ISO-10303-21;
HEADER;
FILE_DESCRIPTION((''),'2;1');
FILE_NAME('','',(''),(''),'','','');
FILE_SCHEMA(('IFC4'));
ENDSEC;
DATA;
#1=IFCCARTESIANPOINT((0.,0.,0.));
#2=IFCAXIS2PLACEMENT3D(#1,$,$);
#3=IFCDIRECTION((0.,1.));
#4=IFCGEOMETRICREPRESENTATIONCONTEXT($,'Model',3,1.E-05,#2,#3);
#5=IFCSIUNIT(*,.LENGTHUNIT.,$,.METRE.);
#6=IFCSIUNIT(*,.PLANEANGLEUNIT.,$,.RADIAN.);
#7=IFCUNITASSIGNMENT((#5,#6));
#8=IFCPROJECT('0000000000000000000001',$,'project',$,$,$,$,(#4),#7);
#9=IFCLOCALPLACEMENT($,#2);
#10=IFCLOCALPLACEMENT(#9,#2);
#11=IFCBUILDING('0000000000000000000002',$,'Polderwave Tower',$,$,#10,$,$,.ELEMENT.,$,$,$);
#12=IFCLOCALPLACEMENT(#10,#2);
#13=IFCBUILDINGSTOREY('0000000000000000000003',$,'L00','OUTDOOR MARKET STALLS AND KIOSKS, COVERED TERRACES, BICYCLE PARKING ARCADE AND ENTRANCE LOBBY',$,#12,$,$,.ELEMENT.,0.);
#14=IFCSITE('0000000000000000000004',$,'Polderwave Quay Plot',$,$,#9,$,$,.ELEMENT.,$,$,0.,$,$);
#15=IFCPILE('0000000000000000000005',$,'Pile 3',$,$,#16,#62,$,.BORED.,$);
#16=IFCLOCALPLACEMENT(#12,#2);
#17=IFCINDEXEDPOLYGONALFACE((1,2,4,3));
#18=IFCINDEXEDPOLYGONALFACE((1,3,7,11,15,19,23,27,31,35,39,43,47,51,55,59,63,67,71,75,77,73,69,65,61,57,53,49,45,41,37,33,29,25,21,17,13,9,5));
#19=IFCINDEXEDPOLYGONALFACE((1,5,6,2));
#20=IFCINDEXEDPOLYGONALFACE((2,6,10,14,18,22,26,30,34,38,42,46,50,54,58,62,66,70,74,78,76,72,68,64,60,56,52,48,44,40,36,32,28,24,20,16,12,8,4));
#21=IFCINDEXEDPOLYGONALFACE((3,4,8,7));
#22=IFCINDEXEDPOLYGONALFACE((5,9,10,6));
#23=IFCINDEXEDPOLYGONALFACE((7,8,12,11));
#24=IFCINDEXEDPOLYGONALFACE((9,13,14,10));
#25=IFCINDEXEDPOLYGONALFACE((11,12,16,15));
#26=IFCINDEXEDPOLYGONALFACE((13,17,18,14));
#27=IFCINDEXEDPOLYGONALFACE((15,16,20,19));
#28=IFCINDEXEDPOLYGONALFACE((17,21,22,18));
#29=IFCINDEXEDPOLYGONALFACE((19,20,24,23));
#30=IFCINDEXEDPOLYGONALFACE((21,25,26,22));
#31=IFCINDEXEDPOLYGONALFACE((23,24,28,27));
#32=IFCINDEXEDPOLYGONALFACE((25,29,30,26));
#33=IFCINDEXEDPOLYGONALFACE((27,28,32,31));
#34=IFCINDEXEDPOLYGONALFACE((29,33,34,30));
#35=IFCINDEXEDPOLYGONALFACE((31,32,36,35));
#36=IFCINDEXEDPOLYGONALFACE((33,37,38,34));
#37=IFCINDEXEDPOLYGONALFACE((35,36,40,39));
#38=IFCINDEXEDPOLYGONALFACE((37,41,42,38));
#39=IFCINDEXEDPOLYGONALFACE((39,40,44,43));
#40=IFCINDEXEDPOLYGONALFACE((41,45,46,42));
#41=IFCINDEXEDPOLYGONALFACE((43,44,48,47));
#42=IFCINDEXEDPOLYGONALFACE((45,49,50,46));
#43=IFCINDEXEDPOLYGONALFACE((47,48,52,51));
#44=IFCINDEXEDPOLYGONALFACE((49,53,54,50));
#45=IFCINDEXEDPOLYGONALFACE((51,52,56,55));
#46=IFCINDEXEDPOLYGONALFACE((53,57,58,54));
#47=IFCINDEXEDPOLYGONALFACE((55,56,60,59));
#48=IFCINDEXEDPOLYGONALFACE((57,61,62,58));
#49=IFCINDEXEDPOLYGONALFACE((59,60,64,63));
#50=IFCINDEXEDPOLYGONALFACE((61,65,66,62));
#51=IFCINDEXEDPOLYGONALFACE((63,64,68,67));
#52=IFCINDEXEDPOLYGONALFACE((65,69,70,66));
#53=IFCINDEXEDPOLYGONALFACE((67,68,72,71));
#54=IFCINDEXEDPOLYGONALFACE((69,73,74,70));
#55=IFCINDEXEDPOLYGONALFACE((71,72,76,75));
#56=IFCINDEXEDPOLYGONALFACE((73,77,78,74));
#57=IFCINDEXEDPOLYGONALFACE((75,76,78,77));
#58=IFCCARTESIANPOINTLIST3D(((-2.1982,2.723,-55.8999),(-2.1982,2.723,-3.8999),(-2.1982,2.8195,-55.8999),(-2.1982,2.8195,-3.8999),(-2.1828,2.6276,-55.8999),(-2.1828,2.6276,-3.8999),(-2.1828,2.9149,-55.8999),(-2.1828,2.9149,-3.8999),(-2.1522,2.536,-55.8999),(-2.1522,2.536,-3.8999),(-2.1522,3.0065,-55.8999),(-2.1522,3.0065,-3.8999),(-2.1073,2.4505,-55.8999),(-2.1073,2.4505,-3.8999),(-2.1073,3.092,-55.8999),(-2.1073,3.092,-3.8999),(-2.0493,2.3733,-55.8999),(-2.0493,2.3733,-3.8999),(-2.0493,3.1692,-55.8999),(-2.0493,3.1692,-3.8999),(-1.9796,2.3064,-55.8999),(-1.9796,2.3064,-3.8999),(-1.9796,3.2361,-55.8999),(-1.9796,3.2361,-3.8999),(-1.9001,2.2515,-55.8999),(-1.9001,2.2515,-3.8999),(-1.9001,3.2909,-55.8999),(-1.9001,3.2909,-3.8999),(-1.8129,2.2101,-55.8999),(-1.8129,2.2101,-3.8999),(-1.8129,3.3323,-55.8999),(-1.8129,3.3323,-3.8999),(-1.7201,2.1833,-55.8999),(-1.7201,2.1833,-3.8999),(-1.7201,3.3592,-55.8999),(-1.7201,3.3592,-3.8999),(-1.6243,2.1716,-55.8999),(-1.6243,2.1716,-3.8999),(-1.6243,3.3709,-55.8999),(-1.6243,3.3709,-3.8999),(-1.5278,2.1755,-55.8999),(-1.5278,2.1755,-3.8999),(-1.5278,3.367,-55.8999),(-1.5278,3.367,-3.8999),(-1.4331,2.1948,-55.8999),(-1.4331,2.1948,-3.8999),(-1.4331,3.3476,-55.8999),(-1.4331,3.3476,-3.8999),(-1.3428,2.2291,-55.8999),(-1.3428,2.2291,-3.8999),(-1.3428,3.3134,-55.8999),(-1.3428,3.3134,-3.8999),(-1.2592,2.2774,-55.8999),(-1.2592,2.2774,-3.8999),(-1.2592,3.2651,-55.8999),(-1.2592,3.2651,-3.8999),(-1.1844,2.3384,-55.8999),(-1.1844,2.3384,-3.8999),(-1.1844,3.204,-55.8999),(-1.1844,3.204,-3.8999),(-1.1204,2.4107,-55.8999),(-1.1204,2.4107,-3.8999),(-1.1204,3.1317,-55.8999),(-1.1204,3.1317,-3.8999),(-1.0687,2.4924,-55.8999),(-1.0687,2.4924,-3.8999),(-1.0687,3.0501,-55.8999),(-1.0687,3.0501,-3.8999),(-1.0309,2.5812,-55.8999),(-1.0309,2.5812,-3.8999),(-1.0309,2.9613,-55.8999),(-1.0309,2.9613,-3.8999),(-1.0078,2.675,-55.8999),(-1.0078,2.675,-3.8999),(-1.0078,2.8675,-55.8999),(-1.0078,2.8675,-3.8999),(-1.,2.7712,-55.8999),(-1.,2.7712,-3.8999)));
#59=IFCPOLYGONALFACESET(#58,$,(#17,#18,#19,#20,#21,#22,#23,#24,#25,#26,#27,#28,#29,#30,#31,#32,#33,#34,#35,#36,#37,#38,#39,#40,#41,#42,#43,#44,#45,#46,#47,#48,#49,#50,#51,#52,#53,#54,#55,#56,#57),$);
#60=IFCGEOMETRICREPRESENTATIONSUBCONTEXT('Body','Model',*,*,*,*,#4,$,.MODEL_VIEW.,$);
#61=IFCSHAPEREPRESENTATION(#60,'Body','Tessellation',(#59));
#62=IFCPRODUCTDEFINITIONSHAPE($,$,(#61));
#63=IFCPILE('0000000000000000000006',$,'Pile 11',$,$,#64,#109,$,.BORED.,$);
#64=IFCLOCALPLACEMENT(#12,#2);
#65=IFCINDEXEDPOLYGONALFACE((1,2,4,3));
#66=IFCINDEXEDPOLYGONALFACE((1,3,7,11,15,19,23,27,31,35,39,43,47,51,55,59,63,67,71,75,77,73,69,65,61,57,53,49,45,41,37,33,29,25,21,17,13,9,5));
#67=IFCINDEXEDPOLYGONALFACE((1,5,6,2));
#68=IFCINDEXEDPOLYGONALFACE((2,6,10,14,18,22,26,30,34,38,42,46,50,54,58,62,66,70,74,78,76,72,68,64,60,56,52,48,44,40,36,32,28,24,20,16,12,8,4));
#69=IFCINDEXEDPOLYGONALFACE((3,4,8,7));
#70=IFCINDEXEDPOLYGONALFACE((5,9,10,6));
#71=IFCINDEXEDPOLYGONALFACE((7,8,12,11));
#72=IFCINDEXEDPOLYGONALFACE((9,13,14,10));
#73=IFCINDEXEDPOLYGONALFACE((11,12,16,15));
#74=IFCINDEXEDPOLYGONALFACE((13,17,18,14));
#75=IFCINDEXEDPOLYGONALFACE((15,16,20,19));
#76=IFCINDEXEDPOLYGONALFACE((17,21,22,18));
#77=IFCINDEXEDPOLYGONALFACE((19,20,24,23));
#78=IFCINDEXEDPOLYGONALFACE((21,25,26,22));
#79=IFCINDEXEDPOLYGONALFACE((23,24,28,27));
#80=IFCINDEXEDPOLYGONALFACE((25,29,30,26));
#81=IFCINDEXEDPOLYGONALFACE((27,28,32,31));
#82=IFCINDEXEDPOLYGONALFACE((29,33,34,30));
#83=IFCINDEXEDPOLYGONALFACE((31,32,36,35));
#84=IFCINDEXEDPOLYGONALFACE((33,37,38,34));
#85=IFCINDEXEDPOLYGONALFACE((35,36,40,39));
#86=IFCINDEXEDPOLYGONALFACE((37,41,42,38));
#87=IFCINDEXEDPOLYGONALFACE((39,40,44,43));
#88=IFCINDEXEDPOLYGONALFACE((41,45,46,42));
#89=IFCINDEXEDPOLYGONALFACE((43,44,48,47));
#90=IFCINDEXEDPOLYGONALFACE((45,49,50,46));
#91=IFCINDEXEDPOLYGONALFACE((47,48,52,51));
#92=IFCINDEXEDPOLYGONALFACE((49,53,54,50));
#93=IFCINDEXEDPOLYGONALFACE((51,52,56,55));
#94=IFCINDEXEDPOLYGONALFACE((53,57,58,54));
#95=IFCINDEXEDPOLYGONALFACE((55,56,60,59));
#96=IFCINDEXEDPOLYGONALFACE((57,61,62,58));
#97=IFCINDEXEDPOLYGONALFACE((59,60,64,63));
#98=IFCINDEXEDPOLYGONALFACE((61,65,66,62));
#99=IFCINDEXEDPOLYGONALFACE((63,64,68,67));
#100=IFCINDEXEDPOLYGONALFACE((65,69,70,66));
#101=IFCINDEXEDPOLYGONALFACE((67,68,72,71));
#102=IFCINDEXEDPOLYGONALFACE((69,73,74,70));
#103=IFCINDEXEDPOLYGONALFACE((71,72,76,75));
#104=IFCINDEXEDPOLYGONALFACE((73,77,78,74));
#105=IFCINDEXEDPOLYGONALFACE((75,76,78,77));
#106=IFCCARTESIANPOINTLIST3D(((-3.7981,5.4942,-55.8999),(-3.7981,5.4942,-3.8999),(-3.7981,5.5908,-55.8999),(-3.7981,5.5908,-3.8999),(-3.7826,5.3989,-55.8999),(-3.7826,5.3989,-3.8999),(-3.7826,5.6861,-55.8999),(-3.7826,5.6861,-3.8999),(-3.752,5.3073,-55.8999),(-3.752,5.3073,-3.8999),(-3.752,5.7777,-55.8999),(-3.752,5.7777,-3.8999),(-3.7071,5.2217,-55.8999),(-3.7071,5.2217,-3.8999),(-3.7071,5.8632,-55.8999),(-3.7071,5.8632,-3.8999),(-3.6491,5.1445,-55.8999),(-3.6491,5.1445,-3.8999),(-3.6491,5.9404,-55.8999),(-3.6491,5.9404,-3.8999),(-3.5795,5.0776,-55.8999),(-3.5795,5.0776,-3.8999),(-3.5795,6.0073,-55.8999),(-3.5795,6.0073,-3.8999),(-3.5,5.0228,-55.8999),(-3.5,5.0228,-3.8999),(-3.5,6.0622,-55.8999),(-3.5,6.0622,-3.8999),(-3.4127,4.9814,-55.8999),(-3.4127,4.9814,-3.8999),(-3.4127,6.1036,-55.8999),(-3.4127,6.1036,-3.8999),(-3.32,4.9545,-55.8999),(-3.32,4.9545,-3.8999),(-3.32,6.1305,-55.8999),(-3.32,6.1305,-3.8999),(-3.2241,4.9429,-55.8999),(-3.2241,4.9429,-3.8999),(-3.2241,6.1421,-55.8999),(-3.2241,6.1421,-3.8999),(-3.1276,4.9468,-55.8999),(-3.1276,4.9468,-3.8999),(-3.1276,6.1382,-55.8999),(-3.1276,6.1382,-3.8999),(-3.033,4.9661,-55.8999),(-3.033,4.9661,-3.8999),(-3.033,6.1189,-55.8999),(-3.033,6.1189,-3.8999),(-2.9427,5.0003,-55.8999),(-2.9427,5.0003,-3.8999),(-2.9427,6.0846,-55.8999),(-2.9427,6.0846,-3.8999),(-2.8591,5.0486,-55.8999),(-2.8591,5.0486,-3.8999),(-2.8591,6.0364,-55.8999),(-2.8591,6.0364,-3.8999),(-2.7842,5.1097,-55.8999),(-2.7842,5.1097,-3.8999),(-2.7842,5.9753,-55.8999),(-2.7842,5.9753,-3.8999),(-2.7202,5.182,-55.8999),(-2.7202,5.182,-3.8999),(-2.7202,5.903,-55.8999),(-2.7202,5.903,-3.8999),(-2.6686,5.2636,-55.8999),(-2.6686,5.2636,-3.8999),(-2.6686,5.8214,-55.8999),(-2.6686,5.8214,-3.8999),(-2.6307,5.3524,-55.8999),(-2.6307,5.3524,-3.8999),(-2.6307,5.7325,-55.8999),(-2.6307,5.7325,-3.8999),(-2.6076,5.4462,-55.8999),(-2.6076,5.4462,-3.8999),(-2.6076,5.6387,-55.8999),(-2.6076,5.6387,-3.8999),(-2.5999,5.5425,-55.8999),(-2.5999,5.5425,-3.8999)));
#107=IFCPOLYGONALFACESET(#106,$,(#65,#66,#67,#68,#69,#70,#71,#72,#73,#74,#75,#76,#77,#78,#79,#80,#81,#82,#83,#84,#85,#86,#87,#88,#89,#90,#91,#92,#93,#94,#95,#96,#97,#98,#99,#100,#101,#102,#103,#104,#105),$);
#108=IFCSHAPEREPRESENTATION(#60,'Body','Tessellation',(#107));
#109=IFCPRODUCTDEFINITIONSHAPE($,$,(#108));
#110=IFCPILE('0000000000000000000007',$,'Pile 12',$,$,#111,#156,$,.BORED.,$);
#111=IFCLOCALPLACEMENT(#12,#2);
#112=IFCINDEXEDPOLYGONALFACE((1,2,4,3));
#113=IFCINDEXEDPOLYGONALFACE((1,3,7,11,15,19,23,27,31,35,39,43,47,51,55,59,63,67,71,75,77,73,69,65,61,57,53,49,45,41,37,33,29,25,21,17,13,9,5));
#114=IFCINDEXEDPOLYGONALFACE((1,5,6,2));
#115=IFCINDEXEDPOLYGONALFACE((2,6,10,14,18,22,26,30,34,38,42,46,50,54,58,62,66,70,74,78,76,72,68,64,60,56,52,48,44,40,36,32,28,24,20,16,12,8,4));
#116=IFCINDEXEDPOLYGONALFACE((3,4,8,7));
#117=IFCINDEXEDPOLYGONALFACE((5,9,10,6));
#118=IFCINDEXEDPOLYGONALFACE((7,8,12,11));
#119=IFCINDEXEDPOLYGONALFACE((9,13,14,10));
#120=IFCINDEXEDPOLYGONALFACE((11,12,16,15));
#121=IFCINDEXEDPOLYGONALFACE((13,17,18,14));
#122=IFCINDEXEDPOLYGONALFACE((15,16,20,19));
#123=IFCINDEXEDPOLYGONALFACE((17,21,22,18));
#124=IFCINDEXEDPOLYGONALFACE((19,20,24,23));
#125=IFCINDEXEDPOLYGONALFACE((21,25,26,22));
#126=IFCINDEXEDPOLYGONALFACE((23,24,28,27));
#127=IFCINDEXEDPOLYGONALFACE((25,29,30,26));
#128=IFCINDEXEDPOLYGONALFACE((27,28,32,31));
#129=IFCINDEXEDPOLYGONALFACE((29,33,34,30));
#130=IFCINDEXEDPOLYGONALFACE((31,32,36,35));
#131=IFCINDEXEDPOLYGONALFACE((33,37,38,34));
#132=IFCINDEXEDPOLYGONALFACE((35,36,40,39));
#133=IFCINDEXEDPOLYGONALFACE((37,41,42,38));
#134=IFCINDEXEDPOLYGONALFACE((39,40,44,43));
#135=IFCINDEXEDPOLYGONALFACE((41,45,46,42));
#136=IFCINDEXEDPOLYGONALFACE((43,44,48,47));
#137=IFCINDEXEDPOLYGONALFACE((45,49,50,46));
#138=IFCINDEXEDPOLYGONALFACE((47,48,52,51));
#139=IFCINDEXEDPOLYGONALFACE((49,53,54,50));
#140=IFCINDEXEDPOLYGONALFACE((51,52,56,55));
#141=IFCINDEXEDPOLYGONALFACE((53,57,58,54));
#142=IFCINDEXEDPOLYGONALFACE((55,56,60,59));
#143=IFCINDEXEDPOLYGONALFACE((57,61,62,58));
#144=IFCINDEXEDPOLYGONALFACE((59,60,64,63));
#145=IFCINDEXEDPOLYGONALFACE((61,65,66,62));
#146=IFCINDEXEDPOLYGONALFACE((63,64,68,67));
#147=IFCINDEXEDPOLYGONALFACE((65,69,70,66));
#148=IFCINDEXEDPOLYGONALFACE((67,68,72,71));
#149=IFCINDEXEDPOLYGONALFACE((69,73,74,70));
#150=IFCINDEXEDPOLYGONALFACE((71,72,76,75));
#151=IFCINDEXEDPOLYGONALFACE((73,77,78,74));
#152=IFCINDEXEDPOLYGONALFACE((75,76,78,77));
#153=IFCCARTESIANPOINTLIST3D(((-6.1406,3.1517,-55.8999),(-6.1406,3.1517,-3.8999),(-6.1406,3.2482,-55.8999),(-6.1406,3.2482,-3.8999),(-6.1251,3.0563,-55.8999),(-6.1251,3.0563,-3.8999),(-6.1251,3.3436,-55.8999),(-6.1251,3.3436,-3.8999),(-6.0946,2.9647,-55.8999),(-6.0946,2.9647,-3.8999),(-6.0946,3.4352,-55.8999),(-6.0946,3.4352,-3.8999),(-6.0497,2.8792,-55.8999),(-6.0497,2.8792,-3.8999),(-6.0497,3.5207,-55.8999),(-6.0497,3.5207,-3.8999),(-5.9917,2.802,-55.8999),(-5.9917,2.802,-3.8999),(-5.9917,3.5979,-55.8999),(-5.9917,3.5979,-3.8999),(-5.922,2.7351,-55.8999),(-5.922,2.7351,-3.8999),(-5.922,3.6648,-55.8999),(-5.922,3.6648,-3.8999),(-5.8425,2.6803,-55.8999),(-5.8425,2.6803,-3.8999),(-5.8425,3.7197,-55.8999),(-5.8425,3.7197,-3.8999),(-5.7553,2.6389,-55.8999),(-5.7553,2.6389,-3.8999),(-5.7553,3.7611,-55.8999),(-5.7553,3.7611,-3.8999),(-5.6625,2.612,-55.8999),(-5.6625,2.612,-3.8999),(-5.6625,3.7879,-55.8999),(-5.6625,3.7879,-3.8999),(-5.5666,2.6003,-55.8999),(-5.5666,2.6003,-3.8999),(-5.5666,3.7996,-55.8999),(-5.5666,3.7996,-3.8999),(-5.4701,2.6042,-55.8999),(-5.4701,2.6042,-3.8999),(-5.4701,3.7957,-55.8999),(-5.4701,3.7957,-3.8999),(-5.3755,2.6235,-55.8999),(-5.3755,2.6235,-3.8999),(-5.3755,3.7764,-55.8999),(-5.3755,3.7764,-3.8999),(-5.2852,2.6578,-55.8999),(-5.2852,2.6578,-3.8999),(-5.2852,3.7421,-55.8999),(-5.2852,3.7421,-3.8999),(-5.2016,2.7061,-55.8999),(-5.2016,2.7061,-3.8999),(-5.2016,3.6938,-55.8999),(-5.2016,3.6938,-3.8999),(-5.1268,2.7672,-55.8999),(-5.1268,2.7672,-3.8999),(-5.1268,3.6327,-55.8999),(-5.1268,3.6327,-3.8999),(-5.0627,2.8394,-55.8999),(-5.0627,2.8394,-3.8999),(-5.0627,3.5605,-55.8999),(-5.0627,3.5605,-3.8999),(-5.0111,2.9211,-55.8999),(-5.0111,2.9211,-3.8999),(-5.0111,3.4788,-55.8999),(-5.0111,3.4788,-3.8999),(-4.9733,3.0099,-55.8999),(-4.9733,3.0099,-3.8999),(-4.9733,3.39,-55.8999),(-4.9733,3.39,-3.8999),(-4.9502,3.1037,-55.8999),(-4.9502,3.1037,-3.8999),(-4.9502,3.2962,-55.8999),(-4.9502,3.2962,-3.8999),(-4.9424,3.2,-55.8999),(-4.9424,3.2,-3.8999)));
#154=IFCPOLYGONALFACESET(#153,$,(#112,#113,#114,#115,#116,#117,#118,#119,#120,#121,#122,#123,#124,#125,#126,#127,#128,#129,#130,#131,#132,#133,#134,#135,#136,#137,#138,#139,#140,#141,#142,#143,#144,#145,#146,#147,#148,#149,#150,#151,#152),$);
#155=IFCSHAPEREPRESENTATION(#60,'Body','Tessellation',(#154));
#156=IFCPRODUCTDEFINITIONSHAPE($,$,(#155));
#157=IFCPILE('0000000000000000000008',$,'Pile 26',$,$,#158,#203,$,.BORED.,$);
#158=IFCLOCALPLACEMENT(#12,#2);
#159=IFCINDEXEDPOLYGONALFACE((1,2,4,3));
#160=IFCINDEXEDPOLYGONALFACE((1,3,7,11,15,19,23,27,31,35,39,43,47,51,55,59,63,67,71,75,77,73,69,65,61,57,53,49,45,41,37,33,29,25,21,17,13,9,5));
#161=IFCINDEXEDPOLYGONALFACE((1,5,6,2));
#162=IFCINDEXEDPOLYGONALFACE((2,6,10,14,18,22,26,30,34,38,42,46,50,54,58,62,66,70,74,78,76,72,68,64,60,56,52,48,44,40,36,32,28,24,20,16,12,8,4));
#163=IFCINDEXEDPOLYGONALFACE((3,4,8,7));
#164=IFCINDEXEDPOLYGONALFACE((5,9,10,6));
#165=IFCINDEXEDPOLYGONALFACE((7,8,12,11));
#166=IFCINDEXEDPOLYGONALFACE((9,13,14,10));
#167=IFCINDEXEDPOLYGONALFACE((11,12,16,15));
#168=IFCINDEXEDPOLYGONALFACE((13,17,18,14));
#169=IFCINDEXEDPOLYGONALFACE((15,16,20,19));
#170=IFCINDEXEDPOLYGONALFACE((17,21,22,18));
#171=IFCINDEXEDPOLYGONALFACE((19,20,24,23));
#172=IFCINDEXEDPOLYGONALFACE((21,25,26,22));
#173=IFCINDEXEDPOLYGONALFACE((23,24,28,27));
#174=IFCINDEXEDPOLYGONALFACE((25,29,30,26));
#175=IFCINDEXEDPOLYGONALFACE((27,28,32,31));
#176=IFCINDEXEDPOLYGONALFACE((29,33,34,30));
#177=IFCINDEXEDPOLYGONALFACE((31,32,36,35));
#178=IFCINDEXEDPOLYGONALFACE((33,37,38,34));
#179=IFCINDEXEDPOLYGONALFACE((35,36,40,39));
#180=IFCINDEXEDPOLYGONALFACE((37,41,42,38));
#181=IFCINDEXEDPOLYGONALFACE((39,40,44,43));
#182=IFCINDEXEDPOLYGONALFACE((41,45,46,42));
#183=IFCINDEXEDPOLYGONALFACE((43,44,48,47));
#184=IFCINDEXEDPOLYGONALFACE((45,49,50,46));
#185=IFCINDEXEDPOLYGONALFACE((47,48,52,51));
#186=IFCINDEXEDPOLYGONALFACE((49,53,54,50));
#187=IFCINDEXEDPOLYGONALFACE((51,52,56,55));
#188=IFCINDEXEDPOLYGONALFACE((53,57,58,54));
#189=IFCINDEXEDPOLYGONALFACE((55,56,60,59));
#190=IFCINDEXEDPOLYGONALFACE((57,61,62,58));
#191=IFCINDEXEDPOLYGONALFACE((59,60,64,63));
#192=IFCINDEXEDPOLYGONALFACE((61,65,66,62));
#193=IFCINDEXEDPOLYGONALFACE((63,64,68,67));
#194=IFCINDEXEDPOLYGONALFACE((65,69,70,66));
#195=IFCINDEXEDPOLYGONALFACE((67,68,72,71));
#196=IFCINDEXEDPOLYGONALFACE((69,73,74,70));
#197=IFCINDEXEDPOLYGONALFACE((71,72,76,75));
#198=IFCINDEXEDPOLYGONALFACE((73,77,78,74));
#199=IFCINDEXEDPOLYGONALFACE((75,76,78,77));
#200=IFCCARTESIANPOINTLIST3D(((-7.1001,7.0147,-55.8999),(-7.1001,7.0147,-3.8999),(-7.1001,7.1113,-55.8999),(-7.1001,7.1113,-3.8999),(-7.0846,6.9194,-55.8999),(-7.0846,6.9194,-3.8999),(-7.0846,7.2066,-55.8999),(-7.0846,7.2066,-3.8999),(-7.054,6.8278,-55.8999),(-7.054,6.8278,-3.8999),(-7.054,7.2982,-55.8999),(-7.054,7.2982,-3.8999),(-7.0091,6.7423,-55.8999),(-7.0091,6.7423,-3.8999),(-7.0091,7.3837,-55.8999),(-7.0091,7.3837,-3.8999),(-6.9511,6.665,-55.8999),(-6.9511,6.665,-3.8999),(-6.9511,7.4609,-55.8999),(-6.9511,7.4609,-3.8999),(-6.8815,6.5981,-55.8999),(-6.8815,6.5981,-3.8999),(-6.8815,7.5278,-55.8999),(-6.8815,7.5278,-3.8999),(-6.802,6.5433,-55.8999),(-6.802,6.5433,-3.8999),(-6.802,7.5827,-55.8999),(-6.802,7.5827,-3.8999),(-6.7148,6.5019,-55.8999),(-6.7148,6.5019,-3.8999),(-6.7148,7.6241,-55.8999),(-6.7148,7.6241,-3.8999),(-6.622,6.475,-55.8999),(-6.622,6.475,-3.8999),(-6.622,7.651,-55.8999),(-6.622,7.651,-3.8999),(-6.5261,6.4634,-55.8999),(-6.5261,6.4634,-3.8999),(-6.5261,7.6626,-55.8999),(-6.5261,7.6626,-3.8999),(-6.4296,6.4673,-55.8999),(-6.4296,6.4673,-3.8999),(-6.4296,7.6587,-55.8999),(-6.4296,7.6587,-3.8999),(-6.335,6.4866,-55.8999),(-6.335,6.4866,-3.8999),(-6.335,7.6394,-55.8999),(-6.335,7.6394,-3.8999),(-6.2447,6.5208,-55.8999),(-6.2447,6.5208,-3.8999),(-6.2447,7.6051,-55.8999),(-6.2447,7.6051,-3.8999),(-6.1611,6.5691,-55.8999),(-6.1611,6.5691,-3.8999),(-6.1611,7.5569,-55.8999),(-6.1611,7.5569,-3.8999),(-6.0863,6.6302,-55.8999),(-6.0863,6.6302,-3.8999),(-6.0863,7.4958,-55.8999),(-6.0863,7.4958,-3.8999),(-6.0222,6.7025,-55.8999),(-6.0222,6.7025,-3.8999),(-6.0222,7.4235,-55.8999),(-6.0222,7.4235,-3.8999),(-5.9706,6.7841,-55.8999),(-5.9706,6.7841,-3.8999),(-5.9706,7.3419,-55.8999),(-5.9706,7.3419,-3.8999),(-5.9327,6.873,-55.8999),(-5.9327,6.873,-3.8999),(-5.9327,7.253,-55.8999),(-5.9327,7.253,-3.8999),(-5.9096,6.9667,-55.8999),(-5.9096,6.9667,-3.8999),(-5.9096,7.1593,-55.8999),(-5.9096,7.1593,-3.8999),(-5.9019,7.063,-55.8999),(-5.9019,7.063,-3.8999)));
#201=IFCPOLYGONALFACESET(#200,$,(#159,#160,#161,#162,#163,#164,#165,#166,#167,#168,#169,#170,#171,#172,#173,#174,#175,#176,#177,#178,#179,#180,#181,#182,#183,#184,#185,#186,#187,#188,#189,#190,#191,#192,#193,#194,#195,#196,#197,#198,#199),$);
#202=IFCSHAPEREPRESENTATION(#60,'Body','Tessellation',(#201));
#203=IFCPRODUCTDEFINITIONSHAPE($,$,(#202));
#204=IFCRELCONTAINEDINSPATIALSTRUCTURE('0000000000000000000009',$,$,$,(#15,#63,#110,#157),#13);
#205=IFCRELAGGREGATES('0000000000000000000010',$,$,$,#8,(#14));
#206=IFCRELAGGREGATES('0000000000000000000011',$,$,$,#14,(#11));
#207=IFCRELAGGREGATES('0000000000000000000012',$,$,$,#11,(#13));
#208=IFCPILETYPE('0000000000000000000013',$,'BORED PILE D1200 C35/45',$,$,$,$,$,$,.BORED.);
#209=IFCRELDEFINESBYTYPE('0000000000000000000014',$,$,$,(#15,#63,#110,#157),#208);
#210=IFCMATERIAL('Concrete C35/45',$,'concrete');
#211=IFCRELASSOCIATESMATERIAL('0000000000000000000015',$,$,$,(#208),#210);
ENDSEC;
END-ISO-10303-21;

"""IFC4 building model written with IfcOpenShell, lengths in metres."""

from ifc_helpers import new_model, si_unit, direction, frame, origin, origin_2d, place, context, subcontext, project, spatial, circle, extrude, material, material_profile, profile_set, type_object, element, save


model = new_model("IFC4")

# Units and contexts
model_context = context("Model", 3, precision=1e-05, world=origin(), true_north=direction((0.0, 1.0)))
body_context = subcontext(model_context, "Body", "Model", "MODEL_VIEW")
ifc_project = project(units=[si_unit("LENGTHUNIT", "METRE"), si_unit("PLANEANGLEUNIT", "RADIAN")], contexts=[model_context])

# Site, building, storey
site_placement = place(None, origin())
site = spatial("IfcSite", under=ifc_project, at=site_placement, Name="Polderwave Quay Plot", CompositionType="ELEMENT", RefElevation=0.0)
building_placement = place(site_placement, origin())
building = spatial("IfcBuilding", under=site, at=building_placement, Name="Polderwave Tower", CompositionType="ELEMENT")
storey_placement = place(building_placement, origin())
storey = spatial("IfcBuildingStorey", under=building, at=storey_placement, Name="L00", Description="OUTDOOR MARKET STALLS AND KIOSKS, COVERED TERRACES, BICYCLE PARKING ARCADE AND ENTRANCE LOBBY", CompositionType="ELEMENT", Elevation=0.0)

# Piles
ifc_material_1 = material(Name="Concrete C35/45", Category="concrete")
ifc_material_profile = material_profile(ifc_material_1, circle(Radius=0.6001, at=origin_2d()), Name="BORED D1200")
ifc_profile_set = profile_set([ifc_material_profile], Name="Concrete C35/45")
pile_type = type_object("IfcPileType", Name="BORED PILE D1200 C35/45", PredefinedType="BORED", material=ifc_profile_set)
for number, where, z_axis, x_axis, name in (
    (1, (-1.6001, 2.7712, -3.8999), (0.0, 0.0, -1.0), (1.0, 0.0, 0.0), "Pile 3"),
    (2, (-3.2, 5.5425, -3.8999), (0.0, 0.0, -1.0), (1.0, 0.0, 0.0), "Pile 11"),
    (3, (-5.5425, 3.2, -3.8999), (0.0, 0.0, -1.0), (1.0, 0.0, 0.0), "Pile 12"),
    (4, (-6.502, 7.063, -3.8999), (0.0, 0.0, -1.0), (1.0, 0.0, 0.0), "Pile 26"),
):
    element("IfcPile", number, at=place(storey_placement, frame(where, z_axis=z_axis, x_axis=x_axis)), inside=storey, type_object=pile_type, Name=name, PredefinedType="BORED", context=body_context, shape_type="SweptSolid", body=[
        extrude(circle(Radius=0.6001, at=origin_2d()), origin(), (0.0, 0.0, 1.0), 52.0),
    ])

save(model, "model.ifc")
